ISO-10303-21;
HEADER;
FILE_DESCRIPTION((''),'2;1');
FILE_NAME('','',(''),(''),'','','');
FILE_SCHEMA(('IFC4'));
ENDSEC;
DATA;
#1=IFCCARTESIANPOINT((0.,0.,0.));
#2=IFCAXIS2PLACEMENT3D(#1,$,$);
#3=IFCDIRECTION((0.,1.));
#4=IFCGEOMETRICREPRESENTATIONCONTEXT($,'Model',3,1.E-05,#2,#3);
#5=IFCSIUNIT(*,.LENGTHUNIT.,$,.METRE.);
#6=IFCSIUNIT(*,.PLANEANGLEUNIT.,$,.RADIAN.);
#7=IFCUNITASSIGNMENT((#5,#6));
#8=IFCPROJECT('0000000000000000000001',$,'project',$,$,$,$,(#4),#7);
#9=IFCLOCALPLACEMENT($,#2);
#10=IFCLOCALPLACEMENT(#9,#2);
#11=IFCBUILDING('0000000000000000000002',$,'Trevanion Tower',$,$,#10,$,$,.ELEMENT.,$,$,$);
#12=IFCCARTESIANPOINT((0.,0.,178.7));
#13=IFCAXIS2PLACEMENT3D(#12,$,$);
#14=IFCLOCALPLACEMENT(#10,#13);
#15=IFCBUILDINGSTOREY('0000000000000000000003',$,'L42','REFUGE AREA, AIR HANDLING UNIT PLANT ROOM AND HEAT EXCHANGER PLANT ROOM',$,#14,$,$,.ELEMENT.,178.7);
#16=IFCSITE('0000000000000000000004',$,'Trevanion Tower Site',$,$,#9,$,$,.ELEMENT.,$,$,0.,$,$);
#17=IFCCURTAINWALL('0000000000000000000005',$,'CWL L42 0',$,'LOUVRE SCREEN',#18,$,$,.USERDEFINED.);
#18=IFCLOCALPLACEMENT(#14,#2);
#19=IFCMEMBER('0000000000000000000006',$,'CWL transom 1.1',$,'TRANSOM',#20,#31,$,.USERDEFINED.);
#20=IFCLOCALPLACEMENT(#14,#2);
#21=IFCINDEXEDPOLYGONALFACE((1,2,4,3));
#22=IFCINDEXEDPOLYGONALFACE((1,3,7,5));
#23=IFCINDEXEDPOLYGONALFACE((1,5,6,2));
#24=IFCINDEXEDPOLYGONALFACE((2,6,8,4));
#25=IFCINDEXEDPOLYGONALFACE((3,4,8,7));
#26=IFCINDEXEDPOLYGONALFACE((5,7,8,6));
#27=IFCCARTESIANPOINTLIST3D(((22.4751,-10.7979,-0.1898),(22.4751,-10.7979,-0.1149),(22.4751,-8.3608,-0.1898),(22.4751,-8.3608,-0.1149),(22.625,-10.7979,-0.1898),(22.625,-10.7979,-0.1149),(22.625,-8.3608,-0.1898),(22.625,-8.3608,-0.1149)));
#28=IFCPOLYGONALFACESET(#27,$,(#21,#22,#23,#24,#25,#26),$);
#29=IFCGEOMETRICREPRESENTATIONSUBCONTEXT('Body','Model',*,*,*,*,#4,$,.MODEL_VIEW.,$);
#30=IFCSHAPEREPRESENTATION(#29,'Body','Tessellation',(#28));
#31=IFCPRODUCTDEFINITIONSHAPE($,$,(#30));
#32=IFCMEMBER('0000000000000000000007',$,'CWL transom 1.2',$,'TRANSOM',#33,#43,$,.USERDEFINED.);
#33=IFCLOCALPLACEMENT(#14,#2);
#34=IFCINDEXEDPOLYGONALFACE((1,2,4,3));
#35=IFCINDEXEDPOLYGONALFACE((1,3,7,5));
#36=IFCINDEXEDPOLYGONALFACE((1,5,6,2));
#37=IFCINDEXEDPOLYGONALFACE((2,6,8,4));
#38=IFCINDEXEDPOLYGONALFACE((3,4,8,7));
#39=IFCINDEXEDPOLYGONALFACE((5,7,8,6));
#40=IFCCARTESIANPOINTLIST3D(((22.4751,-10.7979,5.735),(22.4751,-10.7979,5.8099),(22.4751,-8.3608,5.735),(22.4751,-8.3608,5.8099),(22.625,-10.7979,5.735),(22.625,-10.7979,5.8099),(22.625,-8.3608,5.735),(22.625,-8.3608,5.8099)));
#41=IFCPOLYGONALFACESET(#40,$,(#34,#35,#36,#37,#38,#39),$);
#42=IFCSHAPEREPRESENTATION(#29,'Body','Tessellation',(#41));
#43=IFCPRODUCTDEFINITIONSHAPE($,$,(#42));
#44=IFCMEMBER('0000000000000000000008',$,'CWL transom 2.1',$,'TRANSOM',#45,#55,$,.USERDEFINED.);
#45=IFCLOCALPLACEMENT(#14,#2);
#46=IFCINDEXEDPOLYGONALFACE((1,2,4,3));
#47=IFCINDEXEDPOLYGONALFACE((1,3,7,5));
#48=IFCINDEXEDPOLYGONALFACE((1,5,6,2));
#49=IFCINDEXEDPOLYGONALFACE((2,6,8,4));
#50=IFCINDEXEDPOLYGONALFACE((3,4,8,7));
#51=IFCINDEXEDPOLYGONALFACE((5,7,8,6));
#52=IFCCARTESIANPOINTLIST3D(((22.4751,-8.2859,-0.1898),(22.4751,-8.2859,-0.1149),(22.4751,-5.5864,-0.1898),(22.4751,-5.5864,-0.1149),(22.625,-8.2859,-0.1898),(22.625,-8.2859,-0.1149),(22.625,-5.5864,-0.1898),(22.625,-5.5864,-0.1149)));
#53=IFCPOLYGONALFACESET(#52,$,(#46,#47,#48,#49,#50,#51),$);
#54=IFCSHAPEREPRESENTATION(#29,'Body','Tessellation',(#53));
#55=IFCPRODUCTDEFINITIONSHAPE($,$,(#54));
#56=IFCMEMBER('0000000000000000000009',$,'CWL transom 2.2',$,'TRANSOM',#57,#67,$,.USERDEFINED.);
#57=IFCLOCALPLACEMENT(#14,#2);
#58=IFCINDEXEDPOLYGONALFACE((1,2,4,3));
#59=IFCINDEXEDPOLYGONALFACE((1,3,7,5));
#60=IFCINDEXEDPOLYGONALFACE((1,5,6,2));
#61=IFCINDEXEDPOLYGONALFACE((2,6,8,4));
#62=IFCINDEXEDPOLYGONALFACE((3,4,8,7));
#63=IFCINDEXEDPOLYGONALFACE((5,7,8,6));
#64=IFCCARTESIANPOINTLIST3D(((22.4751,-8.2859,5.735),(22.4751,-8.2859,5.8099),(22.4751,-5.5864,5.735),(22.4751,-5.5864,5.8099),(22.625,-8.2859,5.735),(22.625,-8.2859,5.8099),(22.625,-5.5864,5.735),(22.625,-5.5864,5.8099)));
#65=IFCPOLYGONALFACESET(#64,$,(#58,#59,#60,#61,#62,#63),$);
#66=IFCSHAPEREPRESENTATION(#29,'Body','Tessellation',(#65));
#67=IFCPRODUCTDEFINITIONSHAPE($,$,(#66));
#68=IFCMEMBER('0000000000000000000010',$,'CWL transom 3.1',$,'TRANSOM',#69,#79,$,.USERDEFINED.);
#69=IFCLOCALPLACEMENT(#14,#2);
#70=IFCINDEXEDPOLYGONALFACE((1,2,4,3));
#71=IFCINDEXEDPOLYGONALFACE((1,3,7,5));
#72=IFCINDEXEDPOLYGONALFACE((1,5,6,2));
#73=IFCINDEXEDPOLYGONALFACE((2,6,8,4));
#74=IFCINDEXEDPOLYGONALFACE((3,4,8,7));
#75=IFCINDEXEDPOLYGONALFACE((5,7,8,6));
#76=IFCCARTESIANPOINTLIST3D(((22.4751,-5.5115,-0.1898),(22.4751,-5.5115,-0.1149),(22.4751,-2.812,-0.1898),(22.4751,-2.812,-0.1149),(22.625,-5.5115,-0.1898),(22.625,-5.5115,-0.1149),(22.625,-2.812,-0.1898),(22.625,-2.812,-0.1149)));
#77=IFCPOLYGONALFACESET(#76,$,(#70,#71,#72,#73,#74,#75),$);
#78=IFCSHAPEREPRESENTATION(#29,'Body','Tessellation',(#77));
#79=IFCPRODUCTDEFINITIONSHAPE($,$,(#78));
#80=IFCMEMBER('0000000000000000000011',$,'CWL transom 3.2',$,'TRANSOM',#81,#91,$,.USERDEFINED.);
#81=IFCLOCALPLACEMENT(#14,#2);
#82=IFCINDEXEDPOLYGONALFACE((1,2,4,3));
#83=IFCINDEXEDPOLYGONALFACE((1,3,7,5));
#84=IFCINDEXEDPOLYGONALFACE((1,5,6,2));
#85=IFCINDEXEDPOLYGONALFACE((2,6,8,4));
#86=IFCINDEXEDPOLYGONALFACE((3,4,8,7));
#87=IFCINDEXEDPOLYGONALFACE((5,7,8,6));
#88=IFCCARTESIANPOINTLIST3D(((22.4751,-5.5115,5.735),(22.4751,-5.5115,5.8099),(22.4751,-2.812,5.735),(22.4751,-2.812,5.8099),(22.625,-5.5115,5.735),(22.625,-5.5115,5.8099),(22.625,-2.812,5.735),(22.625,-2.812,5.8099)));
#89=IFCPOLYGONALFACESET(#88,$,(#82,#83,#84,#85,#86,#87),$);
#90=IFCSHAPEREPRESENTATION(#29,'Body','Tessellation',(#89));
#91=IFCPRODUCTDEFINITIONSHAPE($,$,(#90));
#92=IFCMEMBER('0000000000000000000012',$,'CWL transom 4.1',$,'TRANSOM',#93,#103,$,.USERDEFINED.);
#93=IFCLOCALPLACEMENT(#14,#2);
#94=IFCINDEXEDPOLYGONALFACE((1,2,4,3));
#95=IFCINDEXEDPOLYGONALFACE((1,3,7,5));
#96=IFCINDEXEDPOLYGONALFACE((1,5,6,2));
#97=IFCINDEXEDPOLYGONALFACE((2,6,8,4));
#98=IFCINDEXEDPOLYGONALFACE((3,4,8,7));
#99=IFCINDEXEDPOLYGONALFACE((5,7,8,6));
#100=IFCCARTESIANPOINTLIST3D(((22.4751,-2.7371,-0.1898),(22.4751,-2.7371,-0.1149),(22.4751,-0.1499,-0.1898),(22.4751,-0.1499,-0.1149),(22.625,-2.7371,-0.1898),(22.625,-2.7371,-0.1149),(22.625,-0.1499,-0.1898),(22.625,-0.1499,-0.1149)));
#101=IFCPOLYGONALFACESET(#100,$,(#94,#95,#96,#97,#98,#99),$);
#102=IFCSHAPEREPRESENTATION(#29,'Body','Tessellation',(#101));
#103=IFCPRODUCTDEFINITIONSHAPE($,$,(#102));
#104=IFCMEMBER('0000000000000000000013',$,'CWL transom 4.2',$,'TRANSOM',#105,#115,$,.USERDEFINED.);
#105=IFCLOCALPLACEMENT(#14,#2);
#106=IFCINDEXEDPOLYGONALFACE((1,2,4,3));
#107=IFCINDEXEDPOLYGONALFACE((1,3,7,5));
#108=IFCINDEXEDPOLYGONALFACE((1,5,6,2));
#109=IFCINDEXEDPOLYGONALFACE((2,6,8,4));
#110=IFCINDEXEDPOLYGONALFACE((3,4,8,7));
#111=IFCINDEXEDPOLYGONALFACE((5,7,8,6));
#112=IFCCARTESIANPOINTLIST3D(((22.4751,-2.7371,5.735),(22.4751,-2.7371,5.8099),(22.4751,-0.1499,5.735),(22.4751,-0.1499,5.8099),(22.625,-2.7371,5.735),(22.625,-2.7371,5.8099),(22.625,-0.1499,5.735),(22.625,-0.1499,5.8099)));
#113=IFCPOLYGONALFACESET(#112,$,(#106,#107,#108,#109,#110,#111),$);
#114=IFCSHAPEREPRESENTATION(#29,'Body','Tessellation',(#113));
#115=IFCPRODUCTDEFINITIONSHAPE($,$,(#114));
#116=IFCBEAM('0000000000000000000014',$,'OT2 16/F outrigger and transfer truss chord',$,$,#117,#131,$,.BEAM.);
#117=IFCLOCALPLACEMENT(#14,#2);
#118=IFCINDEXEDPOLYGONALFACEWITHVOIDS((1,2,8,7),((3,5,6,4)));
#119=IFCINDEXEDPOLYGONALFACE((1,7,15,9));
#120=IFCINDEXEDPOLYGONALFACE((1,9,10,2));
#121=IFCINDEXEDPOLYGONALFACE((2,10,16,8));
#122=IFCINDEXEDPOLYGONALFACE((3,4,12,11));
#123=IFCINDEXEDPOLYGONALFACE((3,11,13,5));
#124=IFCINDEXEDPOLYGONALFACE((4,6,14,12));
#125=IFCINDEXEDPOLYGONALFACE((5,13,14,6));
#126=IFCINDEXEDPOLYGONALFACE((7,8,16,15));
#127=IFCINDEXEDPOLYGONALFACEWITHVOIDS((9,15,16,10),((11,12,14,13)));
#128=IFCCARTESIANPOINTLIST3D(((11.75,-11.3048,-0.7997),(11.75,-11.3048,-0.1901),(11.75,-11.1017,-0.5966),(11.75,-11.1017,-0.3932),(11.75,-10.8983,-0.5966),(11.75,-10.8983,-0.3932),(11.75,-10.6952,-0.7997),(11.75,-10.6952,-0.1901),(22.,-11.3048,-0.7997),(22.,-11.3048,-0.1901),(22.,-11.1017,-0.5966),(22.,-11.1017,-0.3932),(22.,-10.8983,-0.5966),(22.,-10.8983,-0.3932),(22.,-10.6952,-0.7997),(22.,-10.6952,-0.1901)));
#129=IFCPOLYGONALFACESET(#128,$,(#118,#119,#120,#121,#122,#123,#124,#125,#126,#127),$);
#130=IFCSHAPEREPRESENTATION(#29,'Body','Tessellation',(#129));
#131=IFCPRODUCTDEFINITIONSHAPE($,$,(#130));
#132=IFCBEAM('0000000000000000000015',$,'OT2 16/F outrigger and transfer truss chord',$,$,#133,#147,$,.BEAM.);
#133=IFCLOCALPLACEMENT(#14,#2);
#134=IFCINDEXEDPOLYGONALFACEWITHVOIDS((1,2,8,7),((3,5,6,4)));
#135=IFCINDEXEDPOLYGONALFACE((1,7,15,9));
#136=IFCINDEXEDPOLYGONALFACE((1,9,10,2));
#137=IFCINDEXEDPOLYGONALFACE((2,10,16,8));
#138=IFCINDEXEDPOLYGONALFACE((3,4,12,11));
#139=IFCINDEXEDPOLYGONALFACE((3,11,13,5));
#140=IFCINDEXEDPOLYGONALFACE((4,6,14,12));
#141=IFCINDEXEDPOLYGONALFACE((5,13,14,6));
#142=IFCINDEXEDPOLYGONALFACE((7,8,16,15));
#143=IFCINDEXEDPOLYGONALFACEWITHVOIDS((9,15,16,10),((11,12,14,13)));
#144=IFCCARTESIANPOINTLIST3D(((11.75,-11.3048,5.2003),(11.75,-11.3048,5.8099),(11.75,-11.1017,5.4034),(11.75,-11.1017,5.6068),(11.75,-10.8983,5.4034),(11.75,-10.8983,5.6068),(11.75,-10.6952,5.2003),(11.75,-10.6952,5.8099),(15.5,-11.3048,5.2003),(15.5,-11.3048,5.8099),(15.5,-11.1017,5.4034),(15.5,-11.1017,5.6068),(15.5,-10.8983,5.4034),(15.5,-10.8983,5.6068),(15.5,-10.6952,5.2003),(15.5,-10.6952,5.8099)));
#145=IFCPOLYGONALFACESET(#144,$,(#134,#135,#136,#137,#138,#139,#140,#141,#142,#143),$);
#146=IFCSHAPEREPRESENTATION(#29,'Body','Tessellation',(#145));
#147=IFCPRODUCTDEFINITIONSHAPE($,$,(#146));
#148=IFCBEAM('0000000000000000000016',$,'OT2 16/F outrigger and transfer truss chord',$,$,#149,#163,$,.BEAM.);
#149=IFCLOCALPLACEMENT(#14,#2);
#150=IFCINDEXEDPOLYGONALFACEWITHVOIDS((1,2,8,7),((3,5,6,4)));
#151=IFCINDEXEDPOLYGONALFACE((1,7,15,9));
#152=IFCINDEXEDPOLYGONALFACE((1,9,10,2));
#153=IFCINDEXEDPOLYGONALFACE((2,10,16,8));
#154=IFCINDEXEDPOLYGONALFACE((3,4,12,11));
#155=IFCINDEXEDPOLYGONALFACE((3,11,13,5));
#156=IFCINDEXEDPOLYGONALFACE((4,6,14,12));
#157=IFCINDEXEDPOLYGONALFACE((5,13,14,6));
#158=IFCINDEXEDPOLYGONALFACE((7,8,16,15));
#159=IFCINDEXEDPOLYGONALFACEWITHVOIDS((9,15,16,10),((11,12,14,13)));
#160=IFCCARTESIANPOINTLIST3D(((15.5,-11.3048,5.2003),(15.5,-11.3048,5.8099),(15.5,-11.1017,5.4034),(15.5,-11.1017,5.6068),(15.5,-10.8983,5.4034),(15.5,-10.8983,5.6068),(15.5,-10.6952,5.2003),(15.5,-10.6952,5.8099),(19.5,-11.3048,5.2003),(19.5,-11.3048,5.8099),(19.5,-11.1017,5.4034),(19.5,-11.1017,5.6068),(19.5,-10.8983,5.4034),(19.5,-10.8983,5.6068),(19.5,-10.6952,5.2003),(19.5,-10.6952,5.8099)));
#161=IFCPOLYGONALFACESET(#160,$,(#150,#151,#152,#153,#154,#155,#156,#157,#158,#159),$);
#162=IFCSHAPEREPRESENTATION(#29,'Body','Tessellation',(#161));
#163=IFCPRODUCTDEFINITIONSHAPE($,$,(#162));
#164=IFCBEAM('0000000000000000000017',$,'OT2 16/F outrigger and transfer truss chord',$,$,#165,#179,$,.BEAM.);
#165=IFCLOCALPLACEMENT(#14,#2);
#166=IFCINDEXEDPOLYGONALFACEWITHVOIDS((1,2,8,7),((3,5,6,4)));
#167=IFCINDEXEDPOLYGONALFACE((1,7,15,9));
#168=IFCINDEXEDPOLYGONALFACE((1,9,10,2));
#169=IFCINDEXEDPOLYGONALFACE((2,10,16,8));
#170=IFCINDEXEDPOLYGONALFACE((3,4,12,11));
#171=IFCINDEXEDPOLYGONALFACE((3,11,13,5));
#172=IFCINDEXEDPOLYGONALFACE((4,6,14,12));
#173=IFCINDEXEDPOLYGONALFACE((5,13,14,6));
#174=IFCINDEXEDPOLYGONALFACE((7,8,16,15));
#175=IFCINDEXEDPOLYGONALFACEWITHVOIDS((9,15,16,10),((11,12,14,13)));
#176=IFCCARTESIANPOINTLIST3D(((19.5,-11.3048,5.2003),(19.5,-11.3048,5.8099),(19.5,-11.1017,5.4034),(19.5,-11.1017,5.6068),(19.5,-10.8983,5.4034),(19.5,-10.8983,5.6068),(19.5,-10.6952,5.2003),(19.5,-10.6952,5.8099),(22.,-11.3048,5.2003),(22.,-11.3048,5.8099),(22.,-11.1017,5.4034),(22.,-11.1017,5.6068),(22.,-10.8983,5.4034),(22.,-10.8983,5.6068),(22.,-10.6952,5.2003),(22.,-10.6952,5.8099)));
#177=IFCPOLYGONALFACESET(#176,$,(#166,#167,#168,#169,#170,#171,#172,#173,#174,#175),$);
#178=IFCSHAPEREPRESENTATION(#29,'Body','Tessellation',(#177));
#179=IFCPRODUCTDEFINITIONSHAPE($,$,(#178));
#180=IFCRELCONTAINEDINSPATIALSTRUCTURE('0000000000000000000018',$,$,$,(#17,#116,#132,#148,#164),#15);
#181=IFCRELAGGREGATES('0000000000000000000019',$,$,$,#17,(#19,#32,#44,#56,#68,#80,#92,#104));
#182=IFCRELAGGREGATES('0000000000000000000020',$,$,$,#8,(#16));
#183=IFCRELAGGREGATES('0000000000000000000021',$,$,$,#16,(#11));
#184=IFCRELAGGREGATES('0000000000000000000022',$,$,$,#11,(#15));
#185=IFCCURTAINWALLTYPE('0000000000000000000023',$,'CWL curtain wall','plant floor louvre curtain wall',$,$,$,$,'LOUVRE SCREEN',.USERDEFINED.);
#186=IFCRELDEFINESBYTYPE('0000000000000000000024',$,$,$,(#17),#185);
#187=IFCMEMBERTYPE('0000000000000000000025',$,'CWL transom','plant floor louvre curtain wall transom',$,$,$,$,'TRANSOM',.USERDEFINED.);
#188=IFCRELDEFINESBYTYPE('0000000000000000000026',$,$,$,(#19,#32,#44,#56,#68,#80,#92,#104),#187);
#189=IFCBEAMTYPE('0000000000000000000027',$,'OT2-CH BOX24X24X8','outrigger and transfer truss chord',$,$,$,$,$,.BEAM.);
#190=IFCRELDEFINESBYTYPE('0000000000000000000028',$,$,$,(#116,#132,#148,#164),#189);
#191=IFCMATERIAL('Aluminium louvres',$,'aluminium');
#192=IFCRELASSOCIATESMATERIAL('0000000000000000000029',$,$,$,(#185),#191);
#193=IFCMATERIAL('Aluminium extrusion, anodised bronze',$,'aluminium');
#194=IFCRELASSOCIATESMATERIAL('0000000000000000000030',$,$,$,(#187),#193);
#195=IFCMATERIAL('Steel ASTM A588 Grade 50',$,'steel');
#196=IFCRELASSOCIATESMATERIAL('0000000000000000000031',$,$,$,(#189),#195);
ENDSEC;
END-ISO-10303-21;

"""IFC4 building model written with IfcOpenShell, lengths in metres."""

from ifc_helpers import new_model, si_unit, direction, frame, origin, origin_2d, place, context, subcontext, project, spatial, rectangle, hollow_rectangle, extrude, material, material_profile, profile_set, type_object, element, aggregate, save


model = new_model("IFC4")

# Units and contexts
model_context = context("Model", 3, precision=1e-05, world=origin(), true_north=direction((0.0, 1.0)))
body_context = subcontext(model_context, "Body", "Model", "MODEL_VIEW")
ifc_project = project(units=[si_unit("LENGTHUNIT", "METRE"), si_unit("PLANEANGLEUNIT", "RADIAN")], contexts=[model_context])

# Site, building, storey
site_placement = place(None, origin())
site = spatial("IfcSite", under=ifc_project, at=site_placement, Name="Trevanion Tower Site", CompositionType="ELEMENT", RefElevation=0.0)
building_placement = place(site_placement, origin())
building = spatial("IfcBuilding", under=site, at=building_placement, Name="Trevanion Tower", CompositionType="ELEMENT")
storey_placement = place(building_placement, frame((0.0, 0.0, 178.7)))
storey = spatial("IfcBuildingStorey", under=building, at=storey_placement, Name="L42", Description="REFUGE AREA, AIR HANDLING UNIT PLANT ROOM AND HEAT EXCHANGER PLANT ROOM", CompositionType="ELEMENT", Elevation=178.7)

# Curtain wall, members
ifc_material_1 = material(Name="Aluminium louvres", Category="aluminium")
curtain_wall_type = type_object("IfcCurtainWallType", Name="CWL curtain wall", Description="plant floor louvre curtain wall", ElementType="LOUVRE SCREEN", PredefinedType="USERDEFINED", material=ifc_material_1)
curtain_wall_placement = place(storey_placement, origin())
curtain_wall = element("IfcCurtainWall", 1, at=curtain_wall_placement, inside=storey, type_object=curtain_wall_type, Name="CWL L42 0", ObjectType="LOUVRE SCREEN", PredefinedType="USERDEFINED")
ifc_material_2 = material(Name="Aluminium extrusion, anodised bronze", Category="aluminium")
ifc_material_profile_1 = material_profile(ifc_material_2, rectangle(XDim=0.1499, YDim=0.075, at=origin_2d()), Name="CWL transom")
ifc_profile_set_1 = profile_set([ifc_material_profile_1], Name="Aluminium extrusion, anodised bronze")
member_type_1 = type_object("IfcMemberType", Name="CWL transom", Description="plant floor louvre curtain wall transom", ElementType="TRANSOM", PredefinedType="USERDEFINED", material=ifc_profile_set_1)
member_1_placement = place(storey_placement, frame((22.55, -10.7979, -0.1523), z_axis=(0.0, 1.0, 0.0), x_axis=(-1.0, 0.0, 0.0)))
member_1 = element("IfcMember", 2, at=member_1_placement, type_object=member_type_1, Name="CWL transom 1.1", ObjectType="TRANSOM", PredefinedType="USERDEFINED", context=body_context, shape_type="SweptSolid", body=[
    extrude(rectangle(XDim=0.1499, YDim=0.075, at=origin_2d()), origin(), (0.0, 0.0, 1.0), 2.437),
])
member_2_placement = place(storey_placement, frame((22.55, -10.7979, 5.7725), z_axis=(0.0, 1.0, 0.0), x_axis=(-1.0, 0.0, 0.0)))
member_2 = element("IfcMember", 3, at=member_2_placement, type_object=member_type_1, Name="CWL transom 1.2", ObjectType="TRANSOM", PredefinedType="USERDEFINED", context=body_context, shape_type="SweptSolid", body=[
    extrude(rectangle(XDim=0.1499, YDim=0.075, at=origin_2d()), origin(), (0.0, 0.0, 1.0), 2.437),
])
member_3_placement = place(storey_placement, frame((22.55, -8.2859, -0.1523), z_axis=(0.0, 1.0, 0.0), x_axis=(-1.0, 0.0, 0.0)))
member_3 = element("IfcMember", 4, at=member_3_placement, type_object=member_type_1, Name="CWL transom 2.1", ObjectType="TRANSOM", PredefinedType="USERDEFINED", context=body_context, shape_type="SweptSolid", body=[
    extrude(rectangle(XDim=0.1499, YDim=0.075, at=origin_2d()), origin(), (0.0, 0.0, 1.0), 2.6995),
])
member_4_placement = place(storey_placement, frame((22.55, -8.2859, 5.7725), z_axis=(0.0, 1.0, 0.0), x_axis=(-1.0, 0.0, 0.0)))
member_4 = element("IfcMember", 5, at=member_4_placement, type_object=member_type_1, Name="CWL transom 2.2", ObjectType="TRANSOM", PredefinedType="USERDEFINED", context=body_context, shape_type="SweptSolid", body=[
    extrude(rectangle(XDim=0.1499, YDim=0.075, at=origin_2d()), origin(), (0.0, 0.0, 1.0), 2.6995),
])
member_5_placement = place(storey_placement, frame((22.55, -5.5115, -0.1523), z_axis=(0.0, 1.0, 0.0), x_axis=(-1.0, 0.0, 0.0)))
member_5 = element("IfcMember", 6, at=member_5_placement, type_object=member_type_1, Name="CWL transom 3.1", ObjectType="TRANSOM", PredefinedType="USERDEFINED", context=body_context, shape_type="SweptSolid", body=[
    extrude(rectangle(XDim=0.1499, YDim=0.075, at=origin_2d()), origin(), (0.0, 0.0, 1.0), 2.6995),
])
member_6_placement = place(storey_placement, frame((22.55, -5.5115, 5.7725), z_axis=(0.0, 1.0, 0.0), x_axis=(-1.0, 0.0, 0.0)))
member_6 = element("IfcMember", 7, at=member_6_placement, type_object=member_type_1, Name="CWL transom 3.2", ObjectType="TRANSOM", PredefinedType="USERDEFINED", context=body_context, shape_type="SweptSolid", body=[
    extrude(rectangle(XDim=0.1499, YDim=0.075, at=origin_2d()), origin(), (0.0, 0.0, 1.0), 2.6995),
])
member_7_placement = place(storey_placement, frame((22.55, -2.7371, -0.1523), z_axis=(0.0, 1.0, 0.0), x_axis=(-1.0, 0.0, 0.0)))
member_7 = element("IfcMember", 8, at=member_7_placement, type_object=member_type_1, Name="CWL transom 4.1", ObjectType="TRANSOM", PredefinedType="USERDEFINED", context=body_context, shape_type="SweptSolid", body=[
    extrude(rectangle(XDim=0.1499, YDim=0.075, at=origin_2d()), origin(), (0.0, 0.0, 1.0), 2.5872),
])
member_8_placement = place(storey_placement, frame((22.55, -2.7371, 5.7725), z_axis=(0.0, 1.0, 0.0), x_axis=(-1.0, 0.0, 0.0)))
member_8 = element("IfcMember", 9, at=member_8_placement, type_object=member_type_1, Name="CWL transom 4.2", ObjectType="TRANSOM", PredefinedType="USERDEFINED", context=body_context, shape_type="SweptSolid", body=[
    extrude(rectangle(XDim=0.1499, YDim=0.075, at=origin_2d()), origin(), (0.0, 0.0, 1.0), 2.5872),
])

# Beams
ifc_material_3 = material(Name="Steel ASTM A588 Grade 50", Category="steel")
ifc_material_profile_2 = material_profile(ifc_material_3, hollow_rectangle(XDim=0.6096, YDim=0.6096, WallThickness=0.2031, at=origin_2d()), Name="BOX24X24X8")
ifc_profile_set_2 = profile_set([ifc_material_profile_2], Name="Steel ASTM A588 Grade 50")
beam_type_1 = type_object("IfcBeamType", Name="OT2-CH BOX24X24X8", Description="outrigger and transfer truss chord", PredefinedType="BEAM", material=ifc_profile_set_2)
beam_1_placement = place(storey_placement, frame((11.75, -11.0, -0.4949), z_axis=(1.0, 0.0, 0.0), x_axis=(0.0, 1.0, 0.0)))
element("IfcBeam", 10, at=beam_1_placement, inside=storey, type_object=beam_type_1, Name="OT2 16/F outrigger and transfer truss chord", PredefinedType="BEAM", context=body_context, shape_type="SweptSolid", body=[
    extrude(hollow_rectangle(XDim=0.6096, YDim=0.6096, WallThickness=0.2031, at=origin_2d()), origin(), (0.0, 0.0, 1.0), 10.25),
])
beam_2_placement = place(storey_placement, frame((11.75, -11.0, 5.5051), z_axis=(1.0, 0.0, 0.0), x_axis=(0.0, 1.0, 0.0)))
element("IfcBeam", 11, at=beam_2_placement, inside=storey, type_object=beam_type_1, Name="OT2 16/F outrigger and transfer truss chord", PredefinedType="BEAM", context=body_context, shape_type="SweptSolid", body=[
    extrude(hollow_rectangle(XDim=0.6096, YDim=0.6096, WallThickness=0.2031, at=origin_2d()), origin(), (0.0, 0.0, 1.0), 3.75),
])
beam_3_placement = place(storey_placement, frame((15.5, -11.0, 5.5051), z_axis=(1.0, 0.0, 0.0), x_axis=(0.0, 1.0, 0.0)))
element("IfcBeam", 12, at=beam_3_placement, inside=storey, type_object=beam_type_1, Name="OT2 16/F outrigger and transfer truss chord", PredefinedType="BEAM", context=body_context, shape_type="SweptSolid", body=[
    extrude(hollow_rectangle(XDim=0.6096, YDim=0.6096, WallThickness=0.2031, at=origin_2d()), origin(), (0.0, 0.0, 1.0), 4.0),
])
beam_4_placement = place(storey_placement, frame((19.5, -11.0, 5.5051), z_axis=(1.0, 0.0, 0.0), x_axis=(0.0, 1.0, 0.0)))
element("IfcBeam", 13, at=beam_4_placement, inside=storey, type_object=beam_type_1, Name="OT2 16/F outrigger and transfer truss chord", PredefinedType="BEAM", context=body_context, shape_type="SweptSolid", body=[
    extrude(hollow_rectangle(XDim=0.6096, YDim=0.6096, WallThickness=0.2031, at=origin_2d()), origin(), (0.0, 0.0, 1.0), 2.5),
])

aggregate(curtain_wall, [member_1, member_2, member_3, member_4, member_5, member_6, member_7, member_8])

save(model, "model.ifc")
